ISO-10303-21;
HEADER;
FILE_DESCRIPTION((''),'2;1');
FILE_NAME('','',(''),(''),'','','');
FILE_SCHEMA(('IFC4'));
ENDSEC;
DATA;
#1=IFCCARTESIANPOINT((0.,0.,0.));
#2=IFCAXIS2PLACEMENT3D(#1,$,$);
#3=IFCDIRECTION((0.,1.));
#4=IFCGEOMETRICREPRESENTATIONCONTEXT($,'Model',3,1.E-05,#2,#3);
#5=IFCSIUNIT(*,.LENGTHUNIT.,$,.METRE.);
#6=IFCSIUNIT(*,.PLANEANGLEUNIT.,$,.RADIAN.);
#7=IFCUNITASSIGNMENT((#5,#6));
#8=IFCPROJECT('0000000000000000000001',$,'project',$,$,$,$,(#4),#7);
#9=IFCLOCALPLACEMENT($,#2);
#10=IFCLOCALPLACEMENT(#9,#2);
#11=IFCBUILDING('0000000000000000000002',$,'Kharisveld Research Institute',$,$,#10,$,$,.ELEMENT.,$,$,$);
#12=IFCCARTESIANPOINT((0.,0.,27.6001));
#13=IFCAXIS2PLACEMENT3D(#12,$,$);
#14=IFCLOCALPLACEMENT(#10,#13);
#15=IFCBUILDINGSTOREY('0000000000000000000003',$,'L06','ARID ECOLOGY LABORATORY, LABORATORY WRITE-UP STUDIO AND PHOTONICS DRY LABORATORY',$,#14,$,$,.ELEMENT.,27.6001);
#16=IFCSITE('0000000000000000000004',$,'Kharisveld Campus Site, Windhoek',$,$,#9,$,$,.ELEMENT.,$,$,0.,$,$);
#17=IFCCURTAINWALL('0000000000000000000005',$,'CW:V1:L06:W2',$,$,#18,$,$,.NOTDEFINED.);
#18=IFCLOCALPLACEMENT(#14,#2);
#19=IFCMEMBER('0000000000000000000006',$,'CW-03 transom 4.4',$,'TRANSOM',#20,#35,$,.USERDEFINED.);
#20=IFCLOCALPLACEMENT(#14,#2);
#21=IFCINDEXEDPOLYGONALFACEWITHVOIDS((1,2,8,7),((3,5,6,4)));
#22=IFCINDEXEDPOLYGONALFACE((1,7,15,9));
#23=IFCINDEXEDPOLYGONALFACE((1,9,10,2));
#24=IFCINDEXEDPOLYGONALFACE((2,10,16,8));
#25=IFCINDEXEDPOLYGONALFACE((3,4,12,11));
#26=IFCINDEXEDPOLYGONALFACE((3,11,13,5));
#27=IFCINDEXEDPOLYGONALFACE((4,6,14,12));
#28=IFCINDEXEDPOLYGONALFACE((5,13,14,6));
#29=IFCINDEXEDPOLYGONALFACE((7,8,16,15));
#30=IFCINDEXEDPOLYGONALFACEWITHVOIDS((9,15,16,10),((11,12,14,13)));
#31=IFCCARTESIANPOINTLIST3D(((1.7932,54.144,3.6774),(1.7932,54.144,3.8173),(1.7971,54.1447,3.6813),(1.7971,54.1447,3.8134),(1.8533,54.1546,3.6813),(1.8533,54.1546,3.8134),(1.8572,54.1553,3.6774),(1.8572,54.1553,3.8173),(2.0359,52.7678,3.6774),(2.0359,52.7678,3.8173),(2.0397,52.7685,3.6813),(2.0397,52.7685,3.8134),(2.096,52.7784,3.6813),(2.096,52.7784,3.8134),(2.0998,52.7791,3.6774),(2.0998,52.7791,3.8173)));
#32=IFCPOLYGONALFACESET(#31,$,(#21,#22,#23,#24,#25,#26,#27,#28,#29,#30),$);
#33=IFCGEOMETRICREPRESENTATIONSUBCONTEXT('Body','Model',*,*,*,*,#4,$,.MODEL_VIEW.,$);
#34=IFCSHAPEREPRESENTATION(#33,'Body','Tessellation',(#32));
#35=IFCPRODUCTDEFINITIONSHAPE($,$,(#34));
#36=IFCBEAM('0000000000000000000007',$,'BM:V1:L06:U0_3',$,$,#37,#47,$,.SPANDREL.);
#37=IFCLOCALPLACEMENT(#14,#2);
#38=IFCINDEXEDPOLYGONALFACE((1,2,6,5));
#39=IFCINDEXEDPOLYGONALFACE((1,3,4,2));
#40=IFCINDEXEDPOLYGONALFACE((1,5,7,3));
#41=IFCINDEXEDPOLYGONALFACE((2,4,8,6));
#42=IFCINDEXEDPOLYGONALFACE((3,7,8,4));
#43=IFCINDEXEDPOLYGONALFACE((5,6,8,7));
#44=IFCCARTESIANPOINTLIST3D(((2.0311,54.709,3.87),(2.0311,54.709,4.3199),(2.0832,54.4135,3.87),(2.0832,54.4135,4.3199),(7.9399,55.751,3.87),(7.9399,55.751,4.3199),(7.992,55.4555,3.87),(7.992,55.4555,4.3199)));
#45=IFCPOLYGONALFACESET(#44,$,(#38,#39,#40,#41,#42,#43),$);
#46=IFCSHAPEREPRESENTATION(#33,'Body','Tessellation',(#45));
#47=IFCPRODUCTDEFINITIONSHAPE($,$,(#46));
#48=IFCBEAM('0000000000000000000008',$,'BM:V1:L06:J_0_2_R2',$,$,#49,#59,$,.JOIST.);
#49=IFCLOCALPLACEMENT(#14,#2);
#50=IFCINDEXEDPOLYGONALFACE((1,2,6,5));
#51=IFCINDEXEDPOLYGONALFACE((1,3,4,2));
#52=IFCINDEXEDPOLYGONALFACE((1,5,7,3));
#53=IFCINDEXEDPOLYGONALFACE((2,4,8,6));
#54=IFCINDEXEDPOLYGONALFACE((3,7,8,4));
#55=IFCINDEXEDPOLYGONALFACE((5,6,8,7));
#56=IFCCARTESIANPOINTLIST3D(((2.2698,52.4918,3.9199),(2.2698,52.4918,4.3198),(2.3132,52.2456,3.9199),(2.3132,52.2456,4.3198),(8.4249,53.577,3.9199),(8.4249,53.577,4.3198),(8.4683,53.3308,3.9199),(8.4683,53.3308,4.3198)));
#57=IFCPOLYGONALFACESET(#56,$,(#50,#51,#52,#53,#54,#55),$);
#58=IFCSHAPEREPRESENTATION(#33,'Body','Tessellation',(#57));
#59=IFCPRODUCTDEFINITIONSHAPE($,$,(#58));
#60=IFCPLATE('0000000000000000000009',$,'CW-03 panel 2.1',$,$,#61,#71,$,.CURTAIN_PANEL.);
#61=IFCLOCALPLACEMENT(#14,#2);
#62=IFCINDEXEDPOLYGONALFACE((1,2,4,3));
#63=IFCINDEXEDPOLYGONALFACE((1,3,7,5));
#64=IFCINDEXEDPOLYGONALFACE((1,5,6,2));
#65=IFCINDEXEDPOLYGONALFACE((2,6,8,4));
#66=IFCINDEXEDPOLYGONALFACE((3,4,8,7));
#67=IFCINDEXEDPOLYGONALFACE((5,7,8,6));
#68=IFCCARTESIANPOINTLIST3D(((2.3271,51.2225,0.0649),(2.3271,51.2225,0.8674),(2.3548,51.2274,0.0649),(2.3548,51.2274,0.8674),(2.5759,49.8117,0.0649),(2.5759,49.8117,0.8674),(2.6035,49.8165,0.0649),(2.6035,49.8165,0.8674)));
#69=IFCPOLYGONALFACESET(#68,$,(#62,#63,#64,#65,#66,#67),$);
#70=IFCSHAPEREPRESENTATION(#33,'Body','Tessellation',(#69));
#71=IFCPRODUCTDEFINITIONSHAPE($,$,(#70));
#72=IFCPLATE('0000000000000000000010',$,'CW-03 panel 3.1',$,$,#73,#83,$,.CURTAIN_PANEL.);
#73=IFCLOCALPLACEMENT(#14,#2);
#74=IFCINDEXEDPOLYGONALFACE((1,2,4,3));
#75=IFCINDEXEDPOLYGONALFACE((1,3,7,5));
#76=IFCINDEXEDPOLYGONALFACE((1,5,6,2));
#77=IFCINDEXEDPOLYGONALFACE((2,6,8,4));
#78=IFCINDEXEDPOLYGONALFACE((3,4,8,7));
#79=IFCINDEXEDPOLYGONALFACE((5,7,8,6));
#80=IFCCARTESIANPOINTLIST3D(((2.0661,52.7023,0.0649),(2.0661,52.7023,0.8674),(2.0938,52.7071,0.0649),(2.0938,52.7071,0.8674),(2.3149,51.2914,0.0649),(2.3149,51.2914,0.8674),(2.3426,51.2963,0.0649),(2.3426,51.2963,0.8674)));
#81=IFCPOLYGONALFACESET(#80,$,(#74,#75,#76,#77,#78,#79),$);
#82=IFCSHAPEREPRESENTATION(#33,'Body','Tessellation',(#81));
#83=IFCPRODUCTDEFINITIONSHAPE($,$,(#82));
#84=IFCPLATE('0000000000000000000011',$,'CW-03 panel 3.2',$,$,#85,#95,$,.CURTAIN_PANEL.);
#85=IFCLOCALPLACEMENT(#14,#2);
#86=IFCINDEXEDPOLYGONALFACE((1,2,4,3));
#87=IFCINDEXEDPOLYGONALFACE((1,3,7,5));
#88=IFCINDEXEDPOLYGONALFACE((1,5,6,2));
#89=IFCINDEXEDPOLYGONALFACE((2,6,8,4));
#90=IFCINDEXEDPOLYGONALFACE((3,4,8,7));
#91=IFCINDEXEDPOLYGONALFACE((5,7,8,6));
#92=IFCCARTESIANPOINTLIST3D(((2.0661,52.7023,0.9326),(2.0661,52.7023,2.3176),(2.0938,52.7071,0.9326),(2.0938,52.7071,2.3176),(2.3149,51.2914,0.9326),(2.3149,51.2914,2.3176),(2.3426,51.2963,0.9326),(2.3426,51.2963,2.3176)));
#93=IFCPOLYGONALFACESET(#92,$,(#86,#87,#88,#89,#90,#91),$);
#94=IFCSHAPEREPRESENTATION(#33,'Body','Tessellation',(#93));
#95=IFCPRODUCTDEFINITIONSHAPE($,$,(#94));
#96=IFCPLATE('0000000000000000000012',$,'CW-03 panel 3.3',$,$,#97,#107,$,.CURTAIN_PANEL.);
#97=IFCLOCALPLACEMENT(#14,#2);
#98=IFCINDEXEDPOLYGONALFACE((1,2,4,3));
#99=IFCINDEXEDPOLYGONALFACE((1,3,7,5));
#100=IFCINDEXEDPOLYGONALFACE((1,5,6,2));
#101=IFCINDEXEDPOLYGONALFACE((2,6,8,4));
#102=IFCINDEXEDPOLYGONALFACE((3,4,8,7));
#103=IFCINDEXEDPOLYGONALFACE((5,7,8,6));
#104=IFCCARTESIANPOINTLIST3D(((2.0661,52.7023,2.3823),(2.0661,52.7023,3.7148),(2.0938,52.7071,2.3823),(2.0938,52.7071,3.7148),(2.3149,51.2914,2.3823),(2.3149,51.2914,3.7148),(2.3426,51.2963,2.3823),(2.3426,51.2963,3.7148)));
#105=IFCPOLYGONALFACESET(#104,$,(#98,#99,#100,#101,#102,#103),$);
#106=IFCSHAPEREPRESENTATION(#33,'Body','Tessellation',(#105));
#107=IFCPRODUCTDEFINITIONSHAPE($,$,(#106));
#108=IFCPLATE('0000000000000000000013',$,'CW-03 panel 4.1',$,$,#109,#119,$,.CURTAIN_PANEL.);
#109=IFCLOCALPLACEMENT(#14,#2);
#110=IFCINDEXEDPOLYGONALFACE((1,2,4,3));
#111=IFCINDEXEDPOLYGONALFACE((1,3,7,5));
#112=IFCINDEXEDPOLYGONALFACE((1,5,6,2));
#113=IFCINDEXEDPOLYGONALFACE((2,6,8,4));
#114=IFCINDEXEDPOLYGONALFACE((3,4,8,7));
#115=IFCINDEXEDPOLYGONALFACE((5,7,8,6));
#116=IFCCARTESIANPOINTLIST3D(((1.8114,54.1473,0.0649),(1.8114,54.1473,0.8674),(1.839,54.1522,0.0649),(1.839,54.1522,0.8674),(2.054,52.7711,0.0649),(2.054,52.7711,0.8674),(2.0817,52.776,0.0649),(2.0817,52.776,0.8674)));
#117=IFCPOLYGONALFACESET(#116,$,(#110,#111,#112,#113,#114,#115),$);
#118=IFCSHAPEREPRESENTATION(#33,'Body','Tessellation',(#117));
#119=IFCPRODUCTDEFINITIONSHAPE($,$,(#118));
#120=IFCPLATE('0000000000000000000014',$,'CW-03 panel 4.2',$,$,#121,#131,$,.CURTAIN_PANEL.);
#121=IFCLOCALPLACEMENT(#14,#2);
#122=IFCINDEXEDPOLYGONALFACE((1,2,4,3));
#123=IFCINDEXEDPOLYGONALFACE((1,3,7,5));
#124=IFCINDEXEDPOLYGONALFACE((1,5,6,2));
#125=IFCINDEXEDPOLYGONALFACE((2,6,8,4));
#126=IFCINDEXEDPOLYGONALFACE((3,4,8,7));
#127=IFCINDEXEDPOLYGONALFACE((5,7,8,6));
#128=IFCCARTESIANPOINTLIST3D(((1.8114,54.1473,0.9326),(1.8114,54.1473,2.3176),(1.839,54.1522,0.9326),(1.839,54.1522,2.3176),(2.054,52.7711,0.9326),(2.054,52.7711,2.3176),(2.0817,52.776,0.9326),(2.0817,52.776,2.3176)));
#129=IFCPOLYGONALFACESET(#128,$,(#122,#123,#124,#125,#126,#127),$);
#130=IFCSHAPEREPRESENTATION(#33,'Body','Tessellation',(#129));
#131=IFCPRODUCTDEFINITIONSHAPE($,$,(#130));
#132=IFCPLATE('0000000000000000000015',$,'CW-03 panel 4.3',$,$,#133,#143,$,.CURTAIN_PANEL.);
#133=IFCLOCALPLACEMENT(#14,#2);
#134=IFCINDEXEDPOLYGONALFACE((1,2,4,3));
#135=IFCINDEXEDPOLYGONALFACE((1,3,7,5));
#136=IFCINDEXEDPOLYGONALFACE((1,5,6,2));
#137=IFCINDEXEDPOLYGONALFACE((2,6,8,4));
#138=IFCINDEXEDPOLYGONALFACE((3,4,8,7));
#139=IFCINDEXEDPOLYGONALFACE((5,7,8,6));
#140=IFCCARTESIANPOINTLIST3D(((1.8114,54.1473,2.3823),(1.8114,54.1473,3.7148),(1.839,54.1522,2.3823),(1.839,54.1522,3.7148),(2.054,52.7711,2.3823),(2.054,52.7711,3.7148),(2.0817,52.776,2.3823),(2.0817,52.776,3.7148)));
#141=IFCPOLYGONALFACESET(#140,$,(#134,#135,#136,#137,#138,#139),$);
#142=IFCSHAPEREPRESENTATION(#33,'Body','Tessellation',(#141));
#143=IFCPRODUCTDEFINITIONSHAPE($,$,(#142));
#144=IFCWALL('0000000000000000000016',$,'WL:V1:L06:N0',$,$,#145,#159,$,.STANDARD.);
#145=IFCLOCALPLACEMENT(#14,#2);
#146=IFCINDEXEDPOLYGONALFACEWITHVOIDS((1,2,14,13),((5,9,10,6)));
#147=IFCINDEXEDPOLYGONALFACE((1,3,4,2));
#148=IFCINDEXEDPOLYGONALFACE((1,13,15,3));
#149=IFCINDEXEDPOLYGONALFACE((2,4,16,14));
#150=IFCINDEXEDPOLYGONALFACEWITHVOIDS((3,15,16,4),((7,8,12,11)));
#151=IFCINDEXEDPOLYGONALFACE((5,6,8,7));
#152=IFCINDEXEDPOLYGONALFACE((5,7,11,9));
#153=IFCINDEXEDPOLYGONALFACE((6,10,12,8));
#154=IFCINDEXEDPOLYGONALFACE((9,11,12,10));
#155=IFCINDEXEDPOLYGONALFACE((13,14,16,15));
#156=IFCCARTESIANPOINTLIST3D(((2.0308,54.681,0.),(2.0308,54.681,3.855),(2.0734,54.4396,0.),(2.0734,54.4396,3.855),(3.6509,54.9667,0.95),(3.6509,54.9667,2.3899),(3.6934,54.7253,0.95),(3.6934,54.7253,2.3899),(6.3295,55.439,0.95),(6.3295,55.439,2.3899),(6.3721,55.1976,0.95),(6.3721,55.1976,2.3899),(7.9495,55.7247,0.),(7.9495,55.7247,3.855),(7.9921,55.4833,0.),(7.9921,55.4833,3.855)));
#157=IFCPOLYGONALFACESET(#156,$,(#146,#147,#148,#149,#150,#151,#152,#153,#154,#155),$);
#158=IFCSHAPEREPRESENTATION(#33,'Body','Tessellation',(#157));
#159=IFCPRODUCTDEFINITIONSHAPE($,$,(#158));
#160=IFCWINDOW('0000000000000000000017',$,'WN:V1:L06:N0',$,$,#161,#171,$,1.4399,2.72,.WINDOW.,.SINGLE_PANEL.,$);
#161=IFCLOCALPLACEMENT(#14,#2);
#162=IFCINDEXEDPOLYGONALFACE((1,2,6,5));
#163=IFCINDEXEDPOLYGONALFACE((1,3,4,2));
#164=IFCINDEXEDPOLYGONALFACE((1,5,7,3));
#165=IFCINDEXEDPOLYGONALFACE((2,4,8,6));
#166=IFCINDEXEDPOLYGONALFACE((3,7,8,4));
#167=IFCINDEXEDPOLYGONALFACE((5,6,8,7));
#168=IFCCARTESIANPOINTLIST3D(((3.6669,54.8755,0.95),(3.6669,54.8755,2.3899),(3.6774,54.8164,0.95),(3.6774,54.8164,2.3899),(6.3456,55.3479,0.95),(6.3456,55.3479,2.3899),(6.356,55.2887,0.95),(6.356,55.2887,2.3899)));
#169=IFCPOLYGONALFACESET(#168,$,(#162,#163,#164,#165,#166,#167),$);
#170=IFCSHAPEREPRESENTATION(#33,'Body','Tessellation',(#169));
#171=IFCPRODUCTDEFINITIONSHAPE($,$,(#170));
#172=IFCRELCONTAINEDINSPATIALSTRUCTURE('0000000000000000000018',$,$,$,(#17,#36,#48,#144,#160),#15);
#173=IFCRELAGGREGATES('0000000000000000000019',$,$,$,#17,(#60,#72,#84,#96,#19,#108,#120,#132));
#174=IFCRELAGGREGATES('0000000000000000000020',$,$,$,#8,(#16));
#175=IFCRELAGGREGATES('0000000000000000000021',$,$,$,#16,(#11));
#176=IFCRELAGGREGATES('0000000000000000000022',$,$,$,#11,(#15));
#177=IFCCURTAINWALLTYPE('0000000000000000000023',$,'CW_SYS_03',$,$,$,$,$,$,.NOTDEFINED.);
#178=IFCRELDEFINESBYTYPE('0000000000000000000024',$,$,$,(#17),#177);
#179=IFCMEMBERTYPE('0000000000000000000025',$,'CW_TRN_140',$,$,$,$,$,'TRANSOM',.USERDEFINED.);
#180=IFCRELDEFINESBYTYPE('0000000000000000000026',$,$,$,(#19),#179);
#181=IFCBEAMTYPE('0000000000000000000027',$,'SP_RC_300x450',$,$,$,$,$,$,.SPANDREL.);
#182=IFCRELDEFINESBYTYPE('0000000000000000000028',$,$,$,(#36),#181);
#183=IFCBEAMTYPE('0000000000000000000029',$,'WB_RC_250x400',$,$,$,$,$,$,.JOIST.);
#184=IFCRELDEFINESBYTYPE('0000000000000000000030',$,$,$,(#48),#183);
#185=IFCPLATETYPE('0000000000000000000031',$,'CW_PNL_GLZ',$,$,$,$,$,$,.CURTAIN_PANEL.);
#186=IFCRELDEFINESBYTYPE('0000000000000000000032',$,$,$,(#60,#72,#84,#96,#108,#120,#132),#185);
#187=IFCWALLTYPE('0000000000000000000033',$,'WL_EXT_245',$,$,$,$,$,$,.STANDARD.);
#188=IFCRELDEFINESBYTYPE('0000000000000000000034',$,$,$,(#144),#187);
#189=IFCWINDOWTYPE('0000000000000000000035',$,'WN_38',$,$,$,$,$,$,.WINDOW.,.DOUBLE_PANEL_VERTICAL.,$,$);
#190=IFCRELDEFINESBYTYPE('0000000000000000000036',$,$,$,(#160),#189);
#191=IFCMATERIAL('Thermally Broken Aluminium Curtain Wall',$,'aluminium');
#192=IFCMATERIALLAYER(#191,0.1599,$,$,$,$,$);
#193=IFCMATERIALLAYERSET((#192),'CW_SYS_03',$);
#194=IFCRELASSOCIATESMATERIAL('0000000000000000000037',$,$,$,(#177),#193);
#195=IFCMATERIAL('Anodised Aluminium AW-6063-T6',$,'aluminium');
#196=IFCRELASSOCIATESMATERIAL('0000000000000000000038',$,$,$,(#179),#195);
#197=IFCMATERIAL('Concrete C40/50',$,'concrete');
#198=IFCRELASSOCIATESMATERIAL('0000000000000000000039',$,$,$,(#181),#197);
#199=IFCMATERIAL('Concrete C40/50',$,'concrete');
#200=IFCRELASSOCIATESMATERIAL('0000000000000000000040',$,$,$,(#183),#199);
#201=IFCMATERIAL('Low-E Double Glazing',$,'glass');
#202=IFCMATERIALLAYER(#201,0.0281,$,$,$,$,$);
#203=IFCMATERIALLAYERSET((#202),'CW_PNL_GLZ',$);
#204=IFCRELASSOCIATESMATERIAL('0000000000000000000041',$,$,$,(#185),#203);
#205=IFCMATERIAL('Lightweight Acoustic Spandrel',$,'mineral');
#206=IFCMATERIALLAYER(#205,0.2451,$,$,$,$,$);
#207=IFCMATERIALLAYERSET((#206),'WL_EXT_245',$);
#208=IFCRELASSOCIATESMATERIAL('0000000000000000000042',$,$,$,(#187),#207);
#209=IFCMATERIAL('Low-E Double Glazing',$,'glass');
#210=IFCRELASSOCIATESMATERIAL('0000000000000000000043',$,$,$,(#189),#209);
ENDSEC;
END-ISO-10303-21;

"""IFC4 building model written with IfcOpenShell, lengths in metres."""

from ifc_helpers import new_model, si_unit, direction, frame, frame_2d, origin, origin_2d, place, context, subcontext, project, spatial, rectangle, hollow_rectangle, extrude, material, layer, layer_set, material_profile, profile_set, type_object, element, fill, aggregate, save


model = new_model("IFC4")

# Units and contexts
model_context = context("Model", 3, precision=1e-05, world=origin(), true_north=direction((0.0, 1.0)))
body_context = subcontext(model_context, "Body", "Model", "MODEL_VIEW")
ifc_project = project(units=[si_unit("LENGTHUNIT", "METRE"), si_unit("PLANEANGLEUNIT", "RADIAN")], contexts=[model_context])

# Site, building, storey
site_placement = place(None, origin())
site = spatial("IfcSite", under=ifc_project, at=site_placement, Name="Kharisveld Campus Site, Windhoek", CompositionType="ELEMENT", RefElevation=0.0)
building_placement = place(site_placement, origin())
building = spatial("IfcBuilding", under=site, at=building_placement, Name="Kharisveld Research Institute", CompositionType="ELEMENT")
storey_placement = place(building_placement, frame((0.0, 0.0, 27.6001)))
storey = spatial("IfcBuildingStorey", under=building, at=storey_placement, Name="L06", Description="ARID ECOLOGY LABORATORY, LABORATORY WRITE-UP STUDIO AND PHOTONICS DRY LABORATORY", CompositionType="ELEMENT", Elevation=27.6001)

# Curtain wall, member
ifc_material_1 = material(Name="Thermally Broken Aluminium Curtain Wall", Category="aluminium")
ifc_layer_1 = layer(ifc_material_1, 0.1599)
ifc_layer_set_1 = layer_set([ifc_layer_1], Name="CW_SYS_03")
curtain_wall_type = type_object("IfcCurtainWallType", Name="CW_SYS_03", PredefinedType="NOTDEFINED", material=ifc_layer_set_1)
curtain_wall_placement = place(storey_placement, origin())
curtain_wall = element("IfcCurtainWall", 1, at=curtain_wall_placement, inside=storey, type_object=curtain_wall_type, Name="CW:V1:L06:W2", PredefinedType="NOTDEFINED")
ifc_material_2 = material(Name="Anodised Aluminium AW-6063-T6", Category="aluminium")
ifc_material_profile_1 = material_profile(ifc_material_2, hollow_rectangle(XDim=0.0649, YDim=0.1399, WallThickness=0.0039, at=origin_2d()))
ifc_profile_set_1 = profile_set([ifc_material_profile_1], Name="Anodised Aluminium AW-6063-T6")
member_type_1 = type_object("IfcMemberType", Name="CW_TRN_140", ElementType="TRANSOM", PredefinedType="USERDEFINED", material=ifc_profile_set_1)
member_1_placement = place(storey_placement, frame((2.0679, 52.7734, 3.7473), z_axis=(-0.173656, 0.984806, 0.0), x_axis=(-0.984806, -0.173656, 0.0)))
member_1 = element("IfcMember", 2, at=member_1_placement, type_object=member_type_1, Name="CW-03 transom 4.4", ObjectType="TRANSOM", PredefinedType="USERDEFINED", context=body_context, shape_type="SweptSolid", body=[
    extrude(hollow_rectangle(XDim=0.0649, YDim=0.1399, WallThickness=0.0039, at=origin_2d()), origin(), (0.0, 0.0, 1.0), 1.3975),
])

# Beams
ifc_material_3 = material(Name="Concrete C40/50", Category="concrete")
ifc_material_profile_2 = material_profile(ifc_material_3, rectangle(XDim=0.3, YDim=0.45, at=origin_2d()))
ifc_profile_set_2 = profile_set([ifc_material_profile_2], Name="Concrete C40/50")
beam_type_1 = type_object("IfcBeamType", Name="SP_RC_300x450", PredefinedType="SPANDREL", material=ifc_profile_set_2)
beam_1_placement = place(storey_placement, frame((2.0571, 54.5613, 4.095), z_axis=(0.984805, 0.173662, 0.0), x_axis=(-0.173662, 0.984805, 0.0)))
element("IfcBeam", 3, at=beam_1_placement, inside=storey, type_object=beam_type_1, Name="BM:V1:L06:U0_3", PredefinedType="SPANDREL", context=body_context, shape_type="SweptSolid", body=[
    extrude(rectangle(XDim=0.3, YDim=0.45, at=origin_2d()), origin(), (0.0, 0.0, 1.0), 6.0),
])
ifc_material_4 = material(Name="Concrete C40/50", Category="concrete")
ifc_material_profile_3 = material_profile(ifc_material_4, rectangle(XDim=0.25, YDim=0.3999, at=origin_2d()))
ifc_profile_set_3 = profile_set([ifc_material_profile_3], Name="Concrete C40/50")
beam_type_2 = type_object("IfcBeamType", Name="WB_RC_250x400", PredefinedType="JOIST", material=ifc_profile_set_3)
beam_2_placement = place(storey_placement, frame((2.2915, 52.3687, 4.1199), z_axis=(0.98481, 0.173634, 0.0), x_axis=(-0.173634, 0.98481, 0.0)))
element("IfcBeam", 4, at=beam_2_placement, inside=storey, type_object=beam_type_2, Name="BM:V1:L06:J_0_2_R2", PredefinedType="JOIST", context=body_context, shape_type="SweptSolid", body=[
    extrude(rectangle(XDim=0.25, YDim=0.3999, at=origin_2d()), origin(), (0.0, 0.0, 1.0), 6.25),
])

# Plates
ifc_material_5 = material(Name="Low-E Double Glazing", Category="glass")
ifc_layer_2 = layer(ifc_material_5, 0.0281)
ifc_layer_set_2 = layer_set([ifc_layer_2], Name="CW_PNL_GLZ")
plate_type = type_object("IfcPlateType", Name="CW_PNL_GLZ", PredefinedType="CURTAIN_PANEL", material=ifc_layer_set_2)
plate_1_placement = place(storey_placement, frame((2.4653, 50.5195, 0.0649), z_axis=(0.0, 0.0, 1.0), x_axis=(-0.173648, 0.984808, 0.0)))
plate_1 = element("IfcPlate", 5, at=plate_1_placement, type_object=plate_type, Name="CW-03 panel 2.1", PredefinedType="CURTAIN_PANEL", context=body_context, shape_type="SweptSolid", body=[
    extrude(rectangle(XDim=1.4326, YDim=0.0281, at=origin_2d()), origin(), (0.0, 0.0, 1.0), 0.8025),
])
plate_2_placement = place(storey_placement, frame((2.2043, 51.9993, 0.0649), z_axis=(0.0, 0.0, 1.0), x_axis=(-0.173648, 0.984808, 0.0)))
plate_2 = element("IfcPlate", 6, at=plate_2_placement, type_object=plate_type, Name="CW-03 panel 3.1", PredefinedType="CURTAIN_PANEL", context=body_context, shape_type="SweptSolid", body=[
    extrude(rectangle(XDim=1.4326, YDim=0.0281, at=origin_2d()), origin(), (0.0, 0.0, 1.0), 0.8025),
])
plate_3_placement = place(storey_placement, frame((2.2043, 51.9993, 0.9326), z_axis=(0.0, 0.0, 1.0), x_axis=(-0.173648, 0.984808, 0.0)))
plate_3 = element("IfcPlate", 7, at=plate_3_placement, type_object=plate_type, Name="CW-03 panel 3.2", PredefinedType="CURTAIN_PANEL", context=body_context, shape_type="SweptSolid", body=[
    extrude(rectangle(XDim=1.4326, YDim=0.0281, at=origin_2d()), origin(), (0.0, 0.0, 1.0), 1.385),
])
plate_4_placement = place(storey_placement, frame((2.2043, 51.9993, 2.3823), z_axis=(0.0, 0.0, 1.0), x_axis=(-0.173648, 0.984808, 0.0)))
plate_4 = element("IfcPlate", 8, at=plate_4_placement, type_object=plate_type, Name="CW-03 panel 3.3", PredefinedType="CURTAIN_PANEL", context=body_context, shape_type="SweptSolid", body=[
    extrude(rectangle(XDim=1.4326, YDim=0.0281, at=origin_2d()), origin(), (0.0, 0.0, 1.0), 1.3325),
])
plate_5_placement = place(storey_placement, frame((1.9465, 53.4617, 0.0649), z_axis=(0.0, 0.0, 1.0), x_axis=(-0.173648, 0.984808, 0.0)))
plate_5 = element("IfcPlate", 9, at=plate_5_placement, type_object=plate_type, Name="CW-03 panel 4.1", PredefinedType="CURTAIN_PANEL", context=body_context, shape_type="SweptSolid", body=[
    extrude(rectangle(XDim=1.3975, YDim=0.0281, at=origin_2d()), origin(), (0.0, 0.0, 1.0), 0.8025),
])
plate_6_placement = place(storey_placement, frame((1.9465, 53.4617, 0.9326), z_axis=(0.0, 0.0, 1.0), x_axis=(-0.173648, 0.984808, 0.0)))
plate_6 = element("IfcPlate", 10, at=plate_6_placement, type_object=plate_type, Name="CW-03 panel 4.2", PredefinedType="CURTAIN_PANEL", context=body_context, shape_type="SweptSolid", body=[
    extrude(rectangle(XDim=1.3975, YDim=0.0281, at=origin_2d()), origin(), (0.0, 0.0, 1.0), 1.385),
])
plate_7_placement = place(storey_placement, frame((1.9465, 53.4617, 2.3823), z_axis=(0.0, 0.0, 1.0), x_axis=(-0.173648, 0.984808, 0.0)))
plate_7 = element("IfcPlate", 11, at=plate_7_placement, type_object=plate_type, Name="CW-03 panel 4.3", PredefinedType="CURTAIN_PANEL", context=body_context, shape_type="SweptSolid", body=[
    extrude(rectangle(XDim=1.3975, YDim=0.0281, at=origin_2d()), origin(), (0.0, 0.0, 1.0), 1.3325),
])
aggregate(curtain_wall, [plate_1, plate_2, plate_3, plate_4, member_1, plate_5, plate_6, plate_7])

# Wall, opening, window
ifc_material_6 = material(Name="Lightweight Acoustic Spandrel", Category="mineral")
ifc_layer_3 = layer(ifc_material_6, 0.2451)
ifc_layer_set_3 = layer_set([ifc_layer_3], Name="WL_EXT_245")
wall_type = type_object("IfcWallType", Name="WL_EXT_245", PredefinedType="STANDARD", material=ifc_layer_set_3)
wall_placement = place(storey_placement, frame((2.0522, 54.5603, 0.0), z_axis=(0.0, 0.0, 1.0), x_axis=(0.984806, 0.17366, 0.0)))
wall = element("IfcWall", 12, at=wall_placement, inside=storey, type_object=wall_type, Name="WL:V1:L06:N0", PredefinedType="STANDARD", context=body_context, shape_type="SweptSolid", body=[
    extrude(rectangle(XDim=6.01, YDim=0.2451, at=frame_2d((3.0049, 0.0))), origin(), (0.0, 0.0, 1.0), 3.855),
])
opening_placement = place(wall_placement, frame((1.645, 0.0, 0.95)))
opening = element("IfcOpeningElement", 13, at=opening_placement, cuts=wall, PredefinedType="OPENING", context=body_context, shape_type="SweptSolid", body=[
    extrude(rectangle(XDim=2.72, YDim=1.4399, at=frame_2d((1.3599, 0.72))), frame((0.0, 0.1226, 0.0), z_axis=(0.0, -1.0, 0.0), x_axis=(1.0, 0.0, 0.0)), (0.0, 0.0, 1.0), 0.2451),
])
ifc_material_7 = material(Name="Low-E Double Glazing", Category="glass")
window_type = type_object("IfcWindowType", Name="WN_38", PartitioningType="DOUBLE_PANEL_VERTICAL", PredefinedType="WINDOW", material=ifc_material_7)
window_placement = place(opening_placement, origin())
window = element("IfcWindow", 14, at=window_placement, inside=storey, type_object=window_type, Name="WN:V1:L06:N0", OverallHeight=1.4399, OverallWidth=2.72, PartitioningType="SINGLE_PANEL", PredefinedType="WINDOW", context=body_context, shape_type="SweptSolid", body=[
    extrude(rectangle(XDim=2.72, YDim=1.4399, at=frame_2d((1.3599, 0.72))), frame((0.0, 0.03, 0.0), z_axis=(0.0, -1.0, 0.0), x_axis=(1.0, 0.0, 0.0)), (0.0, 0.0, 1.0), 0.0601),
])
fill(opening, window)

save(model, "model.ifc")
